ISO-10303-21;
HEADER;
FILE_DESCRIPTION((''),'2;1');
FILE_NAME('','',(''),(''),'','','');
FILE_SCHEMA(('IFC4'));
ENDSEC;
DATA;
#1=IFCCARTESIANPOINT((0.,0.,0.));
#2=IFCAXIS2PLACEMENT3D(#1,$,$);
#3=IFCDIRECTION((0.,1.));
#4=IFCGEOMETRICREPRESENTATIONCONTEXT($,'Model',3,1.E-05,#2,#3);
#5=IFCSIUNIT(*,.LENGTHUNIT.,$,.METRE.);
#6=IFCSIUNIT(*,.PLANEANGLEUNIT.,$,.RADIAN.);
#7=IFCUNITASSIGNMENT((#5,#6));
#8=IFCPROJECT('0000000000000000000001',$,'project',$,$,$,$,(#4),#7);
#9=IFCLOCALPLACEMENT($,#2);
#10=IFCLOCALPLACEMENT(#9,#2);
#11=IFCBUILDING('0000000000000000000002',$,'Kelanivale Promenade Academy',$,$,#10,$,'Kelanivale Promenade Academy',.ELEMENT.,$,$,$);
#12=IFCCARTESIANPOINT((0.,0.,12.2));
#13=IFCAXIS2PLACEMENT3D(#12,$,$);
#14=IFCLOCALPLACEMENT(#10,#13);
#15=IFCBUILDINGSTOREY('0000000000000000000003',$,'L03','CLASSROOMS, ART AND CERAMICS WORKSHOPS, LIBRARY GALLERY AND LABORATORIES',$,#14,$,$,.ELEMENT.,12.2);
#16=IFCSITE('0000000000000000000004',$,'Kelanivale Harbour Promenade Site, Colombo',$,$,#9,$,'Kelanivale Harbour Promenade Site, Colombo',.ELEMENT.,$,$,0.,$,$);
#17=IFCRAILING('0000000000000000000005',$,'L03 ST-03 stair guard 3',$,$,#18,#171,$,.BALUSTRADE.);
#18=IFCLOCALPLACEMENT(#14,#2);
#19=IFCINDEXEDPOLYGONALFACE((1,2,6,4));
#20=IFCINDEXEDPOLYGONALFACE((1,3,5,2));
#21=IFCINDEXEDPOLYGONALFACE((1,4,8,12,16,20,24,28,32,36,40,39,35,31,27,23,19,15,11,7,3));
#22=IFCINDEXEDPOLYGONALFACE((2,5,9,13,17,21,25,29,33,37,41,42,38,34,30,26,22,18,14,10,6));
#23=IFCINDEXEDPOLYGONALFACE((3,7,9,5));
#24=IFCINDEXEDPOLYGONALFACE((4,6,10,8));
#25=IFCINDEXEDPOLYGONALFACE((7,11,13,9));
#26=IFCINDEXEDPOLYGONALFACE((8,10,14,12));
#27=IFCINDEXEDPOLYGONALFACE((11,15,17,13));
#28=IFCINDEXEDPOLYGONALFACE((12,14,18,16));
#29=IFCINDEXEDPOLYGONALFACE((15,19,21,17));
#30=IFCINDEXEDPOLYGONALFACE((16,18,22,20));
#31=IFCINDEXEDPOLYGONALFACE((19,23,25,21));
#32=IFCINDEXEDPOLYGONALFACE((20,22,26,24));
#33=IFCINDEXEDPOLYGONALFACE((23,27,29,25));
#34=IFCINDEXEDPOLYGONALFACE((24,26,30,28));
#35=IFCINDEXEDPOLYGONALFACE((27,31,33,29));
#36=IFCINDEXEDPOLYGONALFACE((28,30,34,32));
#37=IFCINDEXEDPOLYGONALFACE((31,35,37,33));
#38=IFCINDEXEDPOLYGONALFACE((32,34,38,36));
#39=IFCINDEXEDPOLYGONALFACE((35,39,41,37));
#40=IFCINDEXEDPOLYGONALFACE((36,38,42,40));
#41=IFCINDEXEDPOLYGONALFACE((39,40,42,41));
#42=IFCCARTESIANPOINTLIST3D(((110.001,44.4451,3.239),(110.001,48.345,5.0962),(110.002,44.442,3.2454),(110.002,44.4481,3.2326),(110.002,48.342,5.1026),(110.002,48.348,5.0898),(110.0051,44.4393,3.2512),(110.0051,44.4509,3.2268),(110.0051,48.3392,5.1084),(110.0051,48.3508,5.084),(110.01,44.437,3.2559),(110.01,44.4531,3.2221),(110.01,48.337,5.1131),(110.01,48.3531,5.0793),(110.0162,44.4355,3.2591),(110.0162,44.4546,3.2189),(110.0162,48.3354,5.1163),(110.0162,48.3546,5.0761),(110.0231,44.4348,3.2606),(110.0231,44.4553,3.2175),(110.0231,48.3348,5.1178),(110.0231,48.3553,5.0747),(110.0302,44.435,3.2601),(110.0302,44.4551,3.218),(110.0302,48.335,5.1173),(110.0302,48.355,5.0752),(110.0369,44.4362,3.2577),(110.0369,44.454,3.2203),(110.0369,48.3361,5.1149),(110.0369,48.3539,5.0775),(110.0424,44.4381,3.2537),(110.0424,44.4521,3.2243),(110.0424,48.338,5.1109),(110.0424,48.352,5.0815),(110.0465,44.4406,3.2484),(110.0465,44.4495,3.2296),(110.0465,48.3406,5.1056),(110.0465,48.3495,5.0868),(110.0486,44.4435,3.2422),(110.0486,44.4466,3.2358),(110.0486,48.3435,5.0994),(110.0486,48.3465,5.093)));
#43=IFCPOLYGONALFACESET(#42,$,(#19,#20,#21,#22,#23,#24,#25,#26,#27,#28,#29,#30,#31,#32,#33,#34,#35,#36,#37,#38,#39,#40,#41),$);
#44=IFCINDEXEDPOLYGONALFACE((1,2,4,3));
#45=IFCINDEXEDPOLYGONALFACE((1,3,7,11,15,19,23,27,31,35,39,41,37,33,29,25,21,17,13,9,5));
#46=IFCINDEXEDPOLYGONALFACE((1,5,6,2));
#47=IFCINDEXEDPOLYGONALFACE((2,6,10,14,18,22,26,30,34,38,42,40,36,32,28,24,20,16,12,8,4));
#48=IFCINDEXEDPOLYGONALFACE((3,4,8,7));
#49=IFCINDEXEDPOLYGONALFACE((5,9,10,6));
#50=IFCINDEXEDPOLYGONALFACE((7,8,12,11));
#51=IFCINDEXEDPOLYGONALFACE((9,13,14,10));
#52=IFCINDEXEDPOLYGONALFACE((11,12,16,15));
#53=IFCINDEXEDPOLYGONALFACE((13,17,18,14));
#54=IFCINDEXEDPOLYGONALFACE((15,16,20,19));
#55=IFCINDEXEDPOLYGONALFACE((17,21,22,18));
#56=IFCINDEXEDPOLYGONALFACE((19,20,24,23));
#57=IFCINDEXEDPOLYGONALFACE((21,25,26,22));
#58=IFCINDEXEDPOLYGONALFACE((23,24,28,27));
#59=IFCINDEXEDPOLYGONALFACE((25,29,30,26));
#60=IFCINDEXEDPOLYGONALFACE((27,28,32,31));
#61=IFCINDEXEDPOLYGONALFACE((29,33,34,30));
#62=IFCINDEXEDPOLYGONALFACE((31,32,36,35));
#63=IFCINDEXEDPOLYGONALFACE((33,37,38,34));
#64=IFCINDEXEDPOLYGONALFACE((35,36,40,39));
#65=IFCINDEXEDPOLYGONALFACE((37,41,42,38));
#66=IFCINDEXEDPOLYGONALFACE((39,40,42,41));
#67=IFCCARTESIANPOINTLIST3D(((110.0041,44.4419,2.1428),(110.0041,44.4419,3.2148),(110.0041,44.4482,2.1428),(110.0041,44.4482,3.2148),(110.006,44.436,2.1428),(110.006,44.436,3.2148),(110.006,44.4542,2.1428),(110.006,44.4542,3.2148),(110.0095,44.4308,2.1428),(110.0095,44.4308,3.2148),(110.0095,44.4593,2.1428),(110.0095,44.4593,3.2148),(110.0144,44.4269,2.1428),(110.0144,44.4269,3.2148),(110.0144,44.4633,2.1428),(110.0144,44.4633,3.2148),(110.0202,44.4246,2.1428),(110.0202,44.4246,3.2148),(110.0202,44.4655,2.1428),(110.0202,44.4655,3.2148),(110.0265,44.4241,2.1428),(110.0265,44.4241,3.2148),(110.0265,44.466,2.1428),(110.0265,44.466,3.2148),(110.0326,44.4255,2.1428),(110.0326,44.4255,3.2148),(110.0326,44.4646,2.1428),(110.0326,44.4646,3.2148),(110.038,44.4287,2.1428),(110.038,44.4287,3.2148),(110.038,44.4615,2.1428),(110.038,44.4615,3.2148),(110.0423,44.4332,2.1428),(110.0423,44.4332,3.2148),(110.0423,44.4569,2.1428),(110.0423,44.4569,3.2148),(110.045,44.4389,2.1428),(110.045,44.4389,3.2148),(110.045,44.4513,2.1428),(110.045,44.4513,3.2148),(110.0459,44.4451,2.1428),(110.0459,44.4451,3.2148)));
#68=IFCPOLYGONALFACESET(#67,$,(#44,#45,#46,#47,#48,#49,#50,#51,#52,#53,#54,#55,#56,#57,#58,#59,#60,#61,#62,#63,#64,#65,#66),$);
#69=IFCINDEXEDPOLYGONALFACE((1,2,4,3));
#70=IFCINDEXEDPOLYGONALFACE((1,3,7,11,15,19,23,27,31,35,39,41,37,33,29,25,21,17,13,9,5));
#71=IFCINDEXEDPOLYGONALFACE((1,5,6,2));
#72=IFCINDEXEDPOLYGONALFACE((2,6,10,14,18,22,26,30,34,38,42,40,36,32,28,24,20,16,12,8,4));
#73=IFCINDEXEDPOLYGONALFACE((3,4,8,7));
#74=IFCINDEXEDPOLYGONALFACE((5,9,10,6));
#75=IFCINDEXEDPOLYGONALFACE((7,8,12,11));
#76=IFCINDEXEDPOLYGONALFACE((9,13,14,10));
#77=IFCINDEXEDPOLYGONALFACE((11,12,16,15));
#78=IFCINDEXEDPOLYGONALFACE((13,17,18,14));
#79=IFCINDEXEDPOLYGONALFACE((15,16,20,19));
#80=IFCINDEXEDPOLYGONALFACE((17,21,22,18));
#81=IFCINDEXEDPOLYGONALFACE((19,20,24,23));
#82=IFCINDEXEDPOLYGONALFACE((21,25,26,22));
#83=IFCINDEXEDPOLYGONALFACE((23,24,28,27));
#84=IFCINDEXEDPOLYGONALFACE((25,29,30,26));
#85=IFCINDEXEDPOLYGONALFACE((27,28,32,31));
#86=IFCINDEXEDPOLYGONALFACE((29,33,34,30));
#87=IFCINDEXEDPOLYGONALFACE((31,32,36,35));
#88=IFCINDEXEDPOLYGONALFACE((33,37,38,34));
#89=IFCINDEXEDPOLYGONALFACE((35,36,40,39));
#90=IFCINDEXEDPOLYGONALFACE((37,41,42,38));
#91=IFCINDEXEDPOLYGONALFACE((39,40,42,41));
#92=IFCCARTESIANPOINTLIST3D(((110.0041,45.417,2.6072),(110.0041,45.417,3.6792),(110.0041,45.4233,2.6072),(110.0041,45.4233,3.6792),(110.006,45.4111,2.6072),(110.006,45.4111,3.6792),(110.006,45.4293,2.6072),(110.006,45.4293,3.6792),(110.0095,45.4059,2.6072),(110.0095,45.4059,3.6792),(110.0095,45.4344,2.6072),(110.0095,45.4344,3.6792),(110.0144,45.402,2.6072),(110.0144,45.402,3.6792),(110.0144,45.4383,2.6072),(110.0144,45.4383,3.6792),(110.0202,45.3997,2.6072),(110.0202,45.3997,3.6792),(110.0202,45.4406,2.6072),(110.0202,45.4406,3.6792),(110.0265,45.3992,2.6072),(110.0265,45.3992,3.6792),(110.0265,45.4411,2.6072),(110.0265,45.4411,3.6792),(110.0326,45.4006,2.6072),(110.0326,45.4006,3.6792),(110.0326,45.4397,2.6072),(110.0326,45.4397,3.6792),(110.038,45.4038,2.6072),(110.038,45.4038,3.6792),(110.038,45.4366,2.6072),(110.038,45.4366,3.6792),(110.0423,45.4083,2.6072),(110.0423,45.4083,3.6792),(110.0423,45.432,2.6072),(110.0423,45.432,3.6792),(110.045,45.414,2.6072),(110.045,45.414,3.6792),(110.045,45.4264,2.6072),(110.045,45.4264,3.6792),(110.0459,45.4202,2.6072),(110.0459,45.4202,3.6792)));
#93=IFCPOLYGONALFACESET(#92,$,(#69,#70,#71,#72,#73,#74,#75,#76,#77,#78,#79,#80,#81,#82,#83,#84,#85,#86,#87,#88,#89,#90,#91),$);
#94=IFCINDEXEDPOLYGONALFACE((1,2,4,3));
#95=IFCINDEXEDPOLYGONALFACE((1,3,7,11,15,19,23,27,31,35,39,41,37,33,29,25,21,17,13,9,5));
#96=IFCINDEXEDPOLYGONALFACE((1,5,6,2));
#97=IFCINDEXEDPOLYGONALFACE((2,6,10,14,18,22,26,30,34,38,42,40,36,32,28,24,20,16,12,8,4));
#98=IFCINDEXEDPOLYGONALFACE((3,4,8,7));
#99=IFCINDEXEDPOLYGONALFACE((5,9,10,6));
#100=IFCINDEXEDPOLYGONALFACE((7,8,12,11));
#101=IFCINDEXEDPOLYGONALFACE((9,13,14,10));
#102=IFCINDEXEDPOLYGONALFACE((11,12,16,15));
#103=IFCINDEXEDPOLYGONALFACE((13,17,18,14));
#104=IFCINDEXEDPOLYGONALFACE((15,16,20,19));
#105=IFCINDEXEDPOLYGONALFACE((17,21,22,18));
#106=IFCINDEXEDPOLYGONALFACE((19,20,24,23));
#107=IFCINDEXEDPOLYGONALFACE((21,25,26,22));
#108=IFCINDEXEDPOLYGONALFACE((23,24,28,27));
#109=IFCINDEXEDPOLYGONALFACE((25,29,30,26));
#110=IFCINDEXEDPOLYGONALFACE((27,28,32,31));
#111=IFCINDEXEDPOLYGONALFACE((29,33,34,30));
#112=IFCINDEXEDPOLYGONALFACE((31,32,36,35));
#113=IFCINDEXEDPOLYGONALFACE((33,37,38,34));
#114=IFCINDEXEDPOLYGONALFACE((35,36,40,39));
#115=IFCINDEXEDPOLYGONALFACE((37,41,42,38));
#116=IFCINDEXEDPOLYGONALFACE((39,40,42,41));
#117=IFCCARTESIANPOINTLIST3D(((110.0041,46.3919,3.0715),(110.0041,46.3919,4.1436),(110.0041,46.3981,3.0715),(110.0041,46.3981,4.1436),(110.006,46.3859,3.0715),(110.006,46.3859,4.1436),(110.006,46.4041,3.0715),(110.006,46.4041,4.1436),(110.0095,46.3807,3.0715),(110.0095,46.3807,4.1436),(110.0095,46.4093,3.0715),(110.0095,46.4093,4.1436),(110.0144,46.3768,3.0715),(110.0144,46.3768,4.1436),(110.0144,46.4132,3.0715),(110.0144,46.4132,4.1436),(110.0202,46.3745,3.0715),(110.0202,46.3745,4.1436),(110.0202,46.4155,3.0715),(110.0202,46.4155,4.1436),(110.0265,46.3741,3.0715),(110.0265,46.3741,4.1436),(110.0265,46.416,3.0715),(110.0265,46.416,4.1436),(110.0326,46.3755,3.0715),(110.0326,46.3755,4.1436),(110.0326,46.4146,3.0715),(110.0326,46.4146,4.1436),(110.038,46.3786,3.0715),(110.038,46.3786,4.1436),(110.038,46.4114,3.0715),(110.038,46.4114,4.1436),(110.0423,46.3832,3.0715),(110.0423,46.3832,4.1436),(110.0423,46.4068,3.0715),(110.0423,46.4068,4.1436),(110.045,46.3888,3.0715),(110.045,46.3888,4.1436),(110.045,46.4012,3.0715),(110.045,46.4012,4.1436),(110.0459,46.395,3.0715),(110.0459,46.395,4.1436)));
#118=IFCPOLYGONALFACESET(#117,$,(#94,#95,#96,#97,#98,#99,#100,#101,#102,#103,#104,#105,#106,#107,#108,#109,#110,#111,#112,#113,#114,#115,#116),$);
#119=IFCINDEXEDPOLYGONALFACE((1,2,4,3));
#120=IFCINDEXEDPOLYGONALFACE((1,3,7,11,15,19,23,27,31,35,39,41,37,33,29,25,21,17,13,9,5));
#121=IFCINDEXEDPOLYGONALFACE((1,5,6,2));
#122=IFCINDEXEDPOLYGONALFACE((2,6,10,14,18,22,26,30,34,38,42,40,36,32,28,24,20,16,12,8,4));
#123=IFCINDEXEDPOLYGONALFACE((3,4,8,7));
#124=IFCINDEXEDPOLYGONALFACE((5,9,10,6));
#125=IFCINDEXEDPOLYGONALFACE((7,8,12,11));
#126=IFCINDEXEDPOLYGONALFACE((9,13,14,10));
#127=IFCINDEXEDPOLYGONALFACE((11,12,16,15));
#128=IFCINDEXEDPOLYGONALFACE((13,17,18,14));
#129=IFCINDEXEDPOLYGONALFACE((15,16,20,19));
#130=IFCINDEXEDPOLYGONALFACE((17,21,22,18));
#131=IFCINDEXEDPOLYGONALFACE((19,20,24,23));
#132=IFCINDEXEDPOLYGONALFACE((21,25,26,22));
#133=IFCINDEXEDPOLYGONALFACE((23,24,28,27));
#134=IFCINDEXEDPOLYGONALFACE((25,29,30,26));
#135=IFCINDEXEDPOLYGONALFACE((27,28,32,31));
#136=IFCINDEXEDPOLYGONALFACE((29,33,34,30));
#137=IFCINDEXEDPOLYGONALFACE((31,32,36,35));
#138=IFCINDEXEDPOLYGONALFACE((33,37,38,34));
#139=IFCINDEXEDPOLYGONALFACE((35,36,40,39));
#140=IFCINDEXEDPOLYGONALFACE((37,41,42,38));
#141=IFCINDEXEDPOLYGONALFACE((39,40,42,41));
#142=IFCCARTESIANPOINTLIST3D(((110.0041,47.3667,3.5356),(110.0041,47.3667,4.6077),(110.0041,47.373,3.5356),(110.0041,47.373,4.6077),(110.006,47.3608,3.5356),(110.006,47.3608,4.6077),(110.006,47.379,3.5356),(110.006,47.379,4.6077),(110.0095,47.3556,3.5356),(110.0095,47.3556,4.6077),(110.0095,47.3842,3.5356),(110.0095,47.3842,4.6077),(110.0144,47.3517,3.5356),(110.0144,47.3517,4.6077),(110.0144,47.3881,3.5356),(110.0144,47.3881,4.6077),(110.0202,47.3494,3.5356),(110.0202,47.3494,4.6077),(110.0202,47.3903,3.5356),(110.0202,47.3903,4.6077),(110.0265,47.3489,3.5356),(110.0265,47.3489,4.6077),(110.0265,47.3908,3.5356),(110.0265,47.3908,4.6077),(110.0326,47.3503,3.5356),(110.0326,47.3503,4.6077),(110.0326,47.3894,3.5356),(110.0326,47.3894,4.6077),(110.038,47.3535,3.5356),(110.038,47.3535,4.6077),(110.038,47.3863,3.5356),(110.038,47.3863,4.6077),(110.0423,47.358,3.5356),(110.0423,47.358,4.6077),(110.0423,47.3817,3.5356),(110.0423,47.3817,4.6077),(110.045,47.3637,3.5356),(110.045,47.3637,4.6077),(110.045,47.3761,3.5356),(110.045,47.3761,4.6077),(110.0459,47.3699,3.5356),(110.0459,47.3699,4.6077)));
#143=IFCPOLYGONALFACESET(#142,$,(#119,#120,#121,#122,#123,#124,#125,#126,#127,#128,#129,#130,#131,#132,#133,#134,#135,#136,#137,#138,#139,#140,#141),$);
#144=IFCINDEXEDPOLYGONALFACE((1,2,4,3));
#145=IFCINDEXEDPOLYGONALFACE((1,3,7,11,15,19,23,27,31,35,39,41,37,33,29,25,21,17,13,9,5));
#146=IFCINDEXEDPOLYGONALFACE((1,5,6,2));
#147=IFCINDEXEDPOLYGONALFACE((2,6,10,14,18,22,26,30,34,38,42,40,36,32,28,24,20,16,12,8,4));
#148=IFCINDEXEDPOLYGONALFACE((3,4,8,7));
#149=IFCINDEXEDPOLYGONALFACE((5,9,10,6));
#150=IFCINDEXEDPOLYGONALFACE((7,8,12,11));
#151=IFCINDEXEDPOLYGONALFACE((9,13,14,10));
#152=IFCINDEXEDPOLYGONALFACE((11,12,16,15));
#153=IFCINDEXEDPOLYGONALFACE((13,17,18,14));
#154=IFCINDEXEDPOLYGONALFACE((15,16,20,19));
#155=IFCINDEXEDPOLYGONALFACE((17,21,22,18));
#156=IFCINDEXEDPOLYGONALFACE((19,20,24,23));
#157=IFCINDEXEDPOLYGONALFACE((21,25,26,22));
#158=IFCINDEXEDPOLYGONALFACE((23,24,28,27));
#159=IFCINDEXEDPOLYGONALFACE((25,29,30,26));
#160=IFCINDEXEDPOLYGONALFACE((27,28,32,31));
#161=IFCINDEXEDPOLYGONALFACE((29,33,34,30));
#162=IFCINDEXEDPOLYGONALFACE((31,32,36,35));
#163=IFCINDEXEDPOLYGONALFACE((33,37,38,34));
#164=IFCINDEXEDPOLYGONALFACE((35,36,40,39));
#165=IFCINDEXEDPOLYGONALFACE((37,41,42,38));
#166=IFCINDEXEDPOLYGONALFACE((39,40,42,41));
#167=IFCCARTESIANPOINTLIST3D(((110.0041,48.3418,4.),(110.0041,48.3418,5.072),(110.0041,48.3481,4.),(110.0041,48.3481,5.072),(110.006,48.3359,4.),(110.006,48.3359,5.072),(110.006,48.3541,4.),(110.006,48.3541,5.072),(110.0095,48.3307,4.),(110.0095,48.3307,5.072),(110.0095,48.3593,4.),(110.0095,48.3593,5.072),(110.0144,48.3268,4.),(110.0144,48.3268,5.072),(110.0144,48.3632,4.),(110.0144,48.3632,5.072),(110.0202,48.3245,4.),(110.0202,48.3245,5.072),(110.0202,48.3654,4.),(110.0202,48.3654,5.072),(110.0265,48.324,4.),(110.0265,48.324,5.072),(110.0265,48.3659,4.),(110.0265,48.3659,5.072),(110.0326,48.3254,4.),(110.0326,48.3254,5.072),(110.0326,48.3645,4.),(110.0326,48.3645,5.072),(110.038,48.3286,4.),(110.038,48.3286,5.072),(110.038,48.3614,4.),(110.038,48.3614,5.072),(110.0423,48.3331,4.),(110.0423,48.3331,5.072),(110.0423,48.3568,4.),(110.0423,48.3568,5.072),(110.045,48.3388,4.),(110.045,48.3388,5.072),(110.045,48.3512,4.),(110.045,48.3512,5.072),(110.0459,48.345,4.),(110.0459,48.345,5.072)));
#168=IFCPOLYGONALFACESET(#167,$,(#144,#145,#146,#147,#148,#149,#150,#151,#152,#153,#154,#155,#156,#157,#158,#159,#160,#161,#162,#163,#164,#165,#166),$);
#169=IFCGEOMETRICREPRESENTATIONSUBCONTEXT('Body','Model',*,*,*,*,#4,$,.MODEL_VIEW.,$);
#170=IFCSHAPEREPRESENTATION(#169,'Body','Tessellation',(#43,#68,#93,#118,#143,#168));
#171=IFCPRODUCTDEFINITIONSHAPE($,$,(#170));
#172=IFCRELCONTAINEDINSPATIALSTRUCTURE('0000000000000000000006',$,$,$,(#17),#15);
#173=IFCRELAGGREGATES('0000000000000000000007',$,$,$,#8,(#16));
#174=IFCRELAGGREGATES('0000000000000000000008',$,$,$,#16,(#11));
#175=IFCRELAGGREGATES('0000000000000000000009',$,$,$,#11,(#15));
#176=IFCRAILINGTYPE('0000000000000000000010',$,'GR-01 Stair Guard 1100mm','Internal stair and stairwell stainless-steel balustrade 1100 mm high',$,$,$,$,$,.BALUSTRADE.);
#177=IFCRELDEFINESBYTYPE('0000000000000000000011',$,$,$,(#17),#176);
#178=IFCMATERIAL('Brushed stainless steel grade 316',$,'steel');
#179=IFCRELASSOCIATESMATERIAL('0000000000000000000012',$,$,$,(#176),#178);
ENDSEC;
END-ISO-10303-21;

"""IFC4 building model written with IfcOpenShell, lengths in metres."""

from ifc_helpers import new_model, si_unit, direction, frame, origin, origin_2d, place, context, subcontext, project, spatial, circle, extrude, material, type_object, element, save


model = new_model("IFC4")

# Units and contexts
model_context = context("Model", 3, precision=1e-05, world=origin(), true_north=direction((0.0, 1.0)))
body_context = subcontext(model_context, "Body", "Model", "MODEL_VIEW")
ifc_project = project(units=[si_unit("LENGTHUNIT", "METRE"), si_unit("PLANEANGLEUNIT", "RADIAN")], contexts=[model_context])

# Site, building, storey
site_placement = place(None, origin())
site = spatial("IfcSite", under=ifc_project, at=site_placement, Name="Kelanivale Harbour Promenade Site, Colombo", LongName="Kelanivale Harbour Promenade Site, Colombo", CompositionType="ELEMENT", RefElevation=0.0)
building_placement = place(site_placement, origin())
building = spatial("IfcBuilding", under=site, at=building_placement, Name="Kelanivale Promenade Academy", LongName="Kelanivale Promenade Academy", CompositionType="ELEMENT")
storey_placement = place(building_placement, frame((0.0, 0.0, 12.2)))
storey = spatial("IfcBuildingStorey", under=building, at=storey_placement, Name="L03", Description="CLASSROOMS, ART AND CERAMICS WORKSHOPS, LIBRARY GALLERY AND LABORATORIES", CompositionType="ELEMENT", Elevation=12.2)

# Railing
ifc_material_1 = material(Name="Brushed stainless steel grade 316", Category="steel")
railing_type_1 = type_object("IfcRailingType", Name="GR-01 Stair Guard 1100mm", Description="Internal stair and stairwell stainless-steel balustrade 1100 mm high", PredefinedType="BALUSTRADE", material=ifc_material_1)
railing_1_placement = place(storey_placement, frame((110.0249, 44.4451, 2.1428)))
element("IfcRailing", 1, at=railing_1_placement, inside=storey, type_object=railing_type_1, Name="L03 ST-03 stair guard 3", PredefinedType="BALUSTRADE", context=body_context, shape_type="SweptSolid", body=[
    extrude(circle(Radius=0.0239, at=origin_2d()), frame((0.0, 0.0, 1.0962), z_axis=(0.0, 0.902853, 0.429949), x_axis=(-1.0, 0.0, 0.0)), (0.0, 0.0, 1.0), 4.3196),
    extrude(circle(Radius=0.021, at=origin_2d()), origin(), (0.0, 0.0, 1.0), 1.072),
    extrude(circle(Radius=0.021, at=origin_2d()), frame((0.0, 0.9751, 0.4644)), (0.0, 0.0, 1.0), 1.072),
    extrude(circle(Radius=0.021, at=origin_2d()), frame((0.0, 1.95, 0.9287)), (0.0, 0.0, 1.0), 1.072),
    extrude(circle(Radius=0.021, at=origin_2d()), frame((0.0, 2.9248, 1.3928)), (0.0, 0.0, 1.0), 1.072),
    extrude(circle(Radius=0.021, at=origin_2d()), frame((0.0, 3.8999, 1.8572)), (0.0, 0.0, 1.0), 1.072),
])

save(model, "model.ifc")
